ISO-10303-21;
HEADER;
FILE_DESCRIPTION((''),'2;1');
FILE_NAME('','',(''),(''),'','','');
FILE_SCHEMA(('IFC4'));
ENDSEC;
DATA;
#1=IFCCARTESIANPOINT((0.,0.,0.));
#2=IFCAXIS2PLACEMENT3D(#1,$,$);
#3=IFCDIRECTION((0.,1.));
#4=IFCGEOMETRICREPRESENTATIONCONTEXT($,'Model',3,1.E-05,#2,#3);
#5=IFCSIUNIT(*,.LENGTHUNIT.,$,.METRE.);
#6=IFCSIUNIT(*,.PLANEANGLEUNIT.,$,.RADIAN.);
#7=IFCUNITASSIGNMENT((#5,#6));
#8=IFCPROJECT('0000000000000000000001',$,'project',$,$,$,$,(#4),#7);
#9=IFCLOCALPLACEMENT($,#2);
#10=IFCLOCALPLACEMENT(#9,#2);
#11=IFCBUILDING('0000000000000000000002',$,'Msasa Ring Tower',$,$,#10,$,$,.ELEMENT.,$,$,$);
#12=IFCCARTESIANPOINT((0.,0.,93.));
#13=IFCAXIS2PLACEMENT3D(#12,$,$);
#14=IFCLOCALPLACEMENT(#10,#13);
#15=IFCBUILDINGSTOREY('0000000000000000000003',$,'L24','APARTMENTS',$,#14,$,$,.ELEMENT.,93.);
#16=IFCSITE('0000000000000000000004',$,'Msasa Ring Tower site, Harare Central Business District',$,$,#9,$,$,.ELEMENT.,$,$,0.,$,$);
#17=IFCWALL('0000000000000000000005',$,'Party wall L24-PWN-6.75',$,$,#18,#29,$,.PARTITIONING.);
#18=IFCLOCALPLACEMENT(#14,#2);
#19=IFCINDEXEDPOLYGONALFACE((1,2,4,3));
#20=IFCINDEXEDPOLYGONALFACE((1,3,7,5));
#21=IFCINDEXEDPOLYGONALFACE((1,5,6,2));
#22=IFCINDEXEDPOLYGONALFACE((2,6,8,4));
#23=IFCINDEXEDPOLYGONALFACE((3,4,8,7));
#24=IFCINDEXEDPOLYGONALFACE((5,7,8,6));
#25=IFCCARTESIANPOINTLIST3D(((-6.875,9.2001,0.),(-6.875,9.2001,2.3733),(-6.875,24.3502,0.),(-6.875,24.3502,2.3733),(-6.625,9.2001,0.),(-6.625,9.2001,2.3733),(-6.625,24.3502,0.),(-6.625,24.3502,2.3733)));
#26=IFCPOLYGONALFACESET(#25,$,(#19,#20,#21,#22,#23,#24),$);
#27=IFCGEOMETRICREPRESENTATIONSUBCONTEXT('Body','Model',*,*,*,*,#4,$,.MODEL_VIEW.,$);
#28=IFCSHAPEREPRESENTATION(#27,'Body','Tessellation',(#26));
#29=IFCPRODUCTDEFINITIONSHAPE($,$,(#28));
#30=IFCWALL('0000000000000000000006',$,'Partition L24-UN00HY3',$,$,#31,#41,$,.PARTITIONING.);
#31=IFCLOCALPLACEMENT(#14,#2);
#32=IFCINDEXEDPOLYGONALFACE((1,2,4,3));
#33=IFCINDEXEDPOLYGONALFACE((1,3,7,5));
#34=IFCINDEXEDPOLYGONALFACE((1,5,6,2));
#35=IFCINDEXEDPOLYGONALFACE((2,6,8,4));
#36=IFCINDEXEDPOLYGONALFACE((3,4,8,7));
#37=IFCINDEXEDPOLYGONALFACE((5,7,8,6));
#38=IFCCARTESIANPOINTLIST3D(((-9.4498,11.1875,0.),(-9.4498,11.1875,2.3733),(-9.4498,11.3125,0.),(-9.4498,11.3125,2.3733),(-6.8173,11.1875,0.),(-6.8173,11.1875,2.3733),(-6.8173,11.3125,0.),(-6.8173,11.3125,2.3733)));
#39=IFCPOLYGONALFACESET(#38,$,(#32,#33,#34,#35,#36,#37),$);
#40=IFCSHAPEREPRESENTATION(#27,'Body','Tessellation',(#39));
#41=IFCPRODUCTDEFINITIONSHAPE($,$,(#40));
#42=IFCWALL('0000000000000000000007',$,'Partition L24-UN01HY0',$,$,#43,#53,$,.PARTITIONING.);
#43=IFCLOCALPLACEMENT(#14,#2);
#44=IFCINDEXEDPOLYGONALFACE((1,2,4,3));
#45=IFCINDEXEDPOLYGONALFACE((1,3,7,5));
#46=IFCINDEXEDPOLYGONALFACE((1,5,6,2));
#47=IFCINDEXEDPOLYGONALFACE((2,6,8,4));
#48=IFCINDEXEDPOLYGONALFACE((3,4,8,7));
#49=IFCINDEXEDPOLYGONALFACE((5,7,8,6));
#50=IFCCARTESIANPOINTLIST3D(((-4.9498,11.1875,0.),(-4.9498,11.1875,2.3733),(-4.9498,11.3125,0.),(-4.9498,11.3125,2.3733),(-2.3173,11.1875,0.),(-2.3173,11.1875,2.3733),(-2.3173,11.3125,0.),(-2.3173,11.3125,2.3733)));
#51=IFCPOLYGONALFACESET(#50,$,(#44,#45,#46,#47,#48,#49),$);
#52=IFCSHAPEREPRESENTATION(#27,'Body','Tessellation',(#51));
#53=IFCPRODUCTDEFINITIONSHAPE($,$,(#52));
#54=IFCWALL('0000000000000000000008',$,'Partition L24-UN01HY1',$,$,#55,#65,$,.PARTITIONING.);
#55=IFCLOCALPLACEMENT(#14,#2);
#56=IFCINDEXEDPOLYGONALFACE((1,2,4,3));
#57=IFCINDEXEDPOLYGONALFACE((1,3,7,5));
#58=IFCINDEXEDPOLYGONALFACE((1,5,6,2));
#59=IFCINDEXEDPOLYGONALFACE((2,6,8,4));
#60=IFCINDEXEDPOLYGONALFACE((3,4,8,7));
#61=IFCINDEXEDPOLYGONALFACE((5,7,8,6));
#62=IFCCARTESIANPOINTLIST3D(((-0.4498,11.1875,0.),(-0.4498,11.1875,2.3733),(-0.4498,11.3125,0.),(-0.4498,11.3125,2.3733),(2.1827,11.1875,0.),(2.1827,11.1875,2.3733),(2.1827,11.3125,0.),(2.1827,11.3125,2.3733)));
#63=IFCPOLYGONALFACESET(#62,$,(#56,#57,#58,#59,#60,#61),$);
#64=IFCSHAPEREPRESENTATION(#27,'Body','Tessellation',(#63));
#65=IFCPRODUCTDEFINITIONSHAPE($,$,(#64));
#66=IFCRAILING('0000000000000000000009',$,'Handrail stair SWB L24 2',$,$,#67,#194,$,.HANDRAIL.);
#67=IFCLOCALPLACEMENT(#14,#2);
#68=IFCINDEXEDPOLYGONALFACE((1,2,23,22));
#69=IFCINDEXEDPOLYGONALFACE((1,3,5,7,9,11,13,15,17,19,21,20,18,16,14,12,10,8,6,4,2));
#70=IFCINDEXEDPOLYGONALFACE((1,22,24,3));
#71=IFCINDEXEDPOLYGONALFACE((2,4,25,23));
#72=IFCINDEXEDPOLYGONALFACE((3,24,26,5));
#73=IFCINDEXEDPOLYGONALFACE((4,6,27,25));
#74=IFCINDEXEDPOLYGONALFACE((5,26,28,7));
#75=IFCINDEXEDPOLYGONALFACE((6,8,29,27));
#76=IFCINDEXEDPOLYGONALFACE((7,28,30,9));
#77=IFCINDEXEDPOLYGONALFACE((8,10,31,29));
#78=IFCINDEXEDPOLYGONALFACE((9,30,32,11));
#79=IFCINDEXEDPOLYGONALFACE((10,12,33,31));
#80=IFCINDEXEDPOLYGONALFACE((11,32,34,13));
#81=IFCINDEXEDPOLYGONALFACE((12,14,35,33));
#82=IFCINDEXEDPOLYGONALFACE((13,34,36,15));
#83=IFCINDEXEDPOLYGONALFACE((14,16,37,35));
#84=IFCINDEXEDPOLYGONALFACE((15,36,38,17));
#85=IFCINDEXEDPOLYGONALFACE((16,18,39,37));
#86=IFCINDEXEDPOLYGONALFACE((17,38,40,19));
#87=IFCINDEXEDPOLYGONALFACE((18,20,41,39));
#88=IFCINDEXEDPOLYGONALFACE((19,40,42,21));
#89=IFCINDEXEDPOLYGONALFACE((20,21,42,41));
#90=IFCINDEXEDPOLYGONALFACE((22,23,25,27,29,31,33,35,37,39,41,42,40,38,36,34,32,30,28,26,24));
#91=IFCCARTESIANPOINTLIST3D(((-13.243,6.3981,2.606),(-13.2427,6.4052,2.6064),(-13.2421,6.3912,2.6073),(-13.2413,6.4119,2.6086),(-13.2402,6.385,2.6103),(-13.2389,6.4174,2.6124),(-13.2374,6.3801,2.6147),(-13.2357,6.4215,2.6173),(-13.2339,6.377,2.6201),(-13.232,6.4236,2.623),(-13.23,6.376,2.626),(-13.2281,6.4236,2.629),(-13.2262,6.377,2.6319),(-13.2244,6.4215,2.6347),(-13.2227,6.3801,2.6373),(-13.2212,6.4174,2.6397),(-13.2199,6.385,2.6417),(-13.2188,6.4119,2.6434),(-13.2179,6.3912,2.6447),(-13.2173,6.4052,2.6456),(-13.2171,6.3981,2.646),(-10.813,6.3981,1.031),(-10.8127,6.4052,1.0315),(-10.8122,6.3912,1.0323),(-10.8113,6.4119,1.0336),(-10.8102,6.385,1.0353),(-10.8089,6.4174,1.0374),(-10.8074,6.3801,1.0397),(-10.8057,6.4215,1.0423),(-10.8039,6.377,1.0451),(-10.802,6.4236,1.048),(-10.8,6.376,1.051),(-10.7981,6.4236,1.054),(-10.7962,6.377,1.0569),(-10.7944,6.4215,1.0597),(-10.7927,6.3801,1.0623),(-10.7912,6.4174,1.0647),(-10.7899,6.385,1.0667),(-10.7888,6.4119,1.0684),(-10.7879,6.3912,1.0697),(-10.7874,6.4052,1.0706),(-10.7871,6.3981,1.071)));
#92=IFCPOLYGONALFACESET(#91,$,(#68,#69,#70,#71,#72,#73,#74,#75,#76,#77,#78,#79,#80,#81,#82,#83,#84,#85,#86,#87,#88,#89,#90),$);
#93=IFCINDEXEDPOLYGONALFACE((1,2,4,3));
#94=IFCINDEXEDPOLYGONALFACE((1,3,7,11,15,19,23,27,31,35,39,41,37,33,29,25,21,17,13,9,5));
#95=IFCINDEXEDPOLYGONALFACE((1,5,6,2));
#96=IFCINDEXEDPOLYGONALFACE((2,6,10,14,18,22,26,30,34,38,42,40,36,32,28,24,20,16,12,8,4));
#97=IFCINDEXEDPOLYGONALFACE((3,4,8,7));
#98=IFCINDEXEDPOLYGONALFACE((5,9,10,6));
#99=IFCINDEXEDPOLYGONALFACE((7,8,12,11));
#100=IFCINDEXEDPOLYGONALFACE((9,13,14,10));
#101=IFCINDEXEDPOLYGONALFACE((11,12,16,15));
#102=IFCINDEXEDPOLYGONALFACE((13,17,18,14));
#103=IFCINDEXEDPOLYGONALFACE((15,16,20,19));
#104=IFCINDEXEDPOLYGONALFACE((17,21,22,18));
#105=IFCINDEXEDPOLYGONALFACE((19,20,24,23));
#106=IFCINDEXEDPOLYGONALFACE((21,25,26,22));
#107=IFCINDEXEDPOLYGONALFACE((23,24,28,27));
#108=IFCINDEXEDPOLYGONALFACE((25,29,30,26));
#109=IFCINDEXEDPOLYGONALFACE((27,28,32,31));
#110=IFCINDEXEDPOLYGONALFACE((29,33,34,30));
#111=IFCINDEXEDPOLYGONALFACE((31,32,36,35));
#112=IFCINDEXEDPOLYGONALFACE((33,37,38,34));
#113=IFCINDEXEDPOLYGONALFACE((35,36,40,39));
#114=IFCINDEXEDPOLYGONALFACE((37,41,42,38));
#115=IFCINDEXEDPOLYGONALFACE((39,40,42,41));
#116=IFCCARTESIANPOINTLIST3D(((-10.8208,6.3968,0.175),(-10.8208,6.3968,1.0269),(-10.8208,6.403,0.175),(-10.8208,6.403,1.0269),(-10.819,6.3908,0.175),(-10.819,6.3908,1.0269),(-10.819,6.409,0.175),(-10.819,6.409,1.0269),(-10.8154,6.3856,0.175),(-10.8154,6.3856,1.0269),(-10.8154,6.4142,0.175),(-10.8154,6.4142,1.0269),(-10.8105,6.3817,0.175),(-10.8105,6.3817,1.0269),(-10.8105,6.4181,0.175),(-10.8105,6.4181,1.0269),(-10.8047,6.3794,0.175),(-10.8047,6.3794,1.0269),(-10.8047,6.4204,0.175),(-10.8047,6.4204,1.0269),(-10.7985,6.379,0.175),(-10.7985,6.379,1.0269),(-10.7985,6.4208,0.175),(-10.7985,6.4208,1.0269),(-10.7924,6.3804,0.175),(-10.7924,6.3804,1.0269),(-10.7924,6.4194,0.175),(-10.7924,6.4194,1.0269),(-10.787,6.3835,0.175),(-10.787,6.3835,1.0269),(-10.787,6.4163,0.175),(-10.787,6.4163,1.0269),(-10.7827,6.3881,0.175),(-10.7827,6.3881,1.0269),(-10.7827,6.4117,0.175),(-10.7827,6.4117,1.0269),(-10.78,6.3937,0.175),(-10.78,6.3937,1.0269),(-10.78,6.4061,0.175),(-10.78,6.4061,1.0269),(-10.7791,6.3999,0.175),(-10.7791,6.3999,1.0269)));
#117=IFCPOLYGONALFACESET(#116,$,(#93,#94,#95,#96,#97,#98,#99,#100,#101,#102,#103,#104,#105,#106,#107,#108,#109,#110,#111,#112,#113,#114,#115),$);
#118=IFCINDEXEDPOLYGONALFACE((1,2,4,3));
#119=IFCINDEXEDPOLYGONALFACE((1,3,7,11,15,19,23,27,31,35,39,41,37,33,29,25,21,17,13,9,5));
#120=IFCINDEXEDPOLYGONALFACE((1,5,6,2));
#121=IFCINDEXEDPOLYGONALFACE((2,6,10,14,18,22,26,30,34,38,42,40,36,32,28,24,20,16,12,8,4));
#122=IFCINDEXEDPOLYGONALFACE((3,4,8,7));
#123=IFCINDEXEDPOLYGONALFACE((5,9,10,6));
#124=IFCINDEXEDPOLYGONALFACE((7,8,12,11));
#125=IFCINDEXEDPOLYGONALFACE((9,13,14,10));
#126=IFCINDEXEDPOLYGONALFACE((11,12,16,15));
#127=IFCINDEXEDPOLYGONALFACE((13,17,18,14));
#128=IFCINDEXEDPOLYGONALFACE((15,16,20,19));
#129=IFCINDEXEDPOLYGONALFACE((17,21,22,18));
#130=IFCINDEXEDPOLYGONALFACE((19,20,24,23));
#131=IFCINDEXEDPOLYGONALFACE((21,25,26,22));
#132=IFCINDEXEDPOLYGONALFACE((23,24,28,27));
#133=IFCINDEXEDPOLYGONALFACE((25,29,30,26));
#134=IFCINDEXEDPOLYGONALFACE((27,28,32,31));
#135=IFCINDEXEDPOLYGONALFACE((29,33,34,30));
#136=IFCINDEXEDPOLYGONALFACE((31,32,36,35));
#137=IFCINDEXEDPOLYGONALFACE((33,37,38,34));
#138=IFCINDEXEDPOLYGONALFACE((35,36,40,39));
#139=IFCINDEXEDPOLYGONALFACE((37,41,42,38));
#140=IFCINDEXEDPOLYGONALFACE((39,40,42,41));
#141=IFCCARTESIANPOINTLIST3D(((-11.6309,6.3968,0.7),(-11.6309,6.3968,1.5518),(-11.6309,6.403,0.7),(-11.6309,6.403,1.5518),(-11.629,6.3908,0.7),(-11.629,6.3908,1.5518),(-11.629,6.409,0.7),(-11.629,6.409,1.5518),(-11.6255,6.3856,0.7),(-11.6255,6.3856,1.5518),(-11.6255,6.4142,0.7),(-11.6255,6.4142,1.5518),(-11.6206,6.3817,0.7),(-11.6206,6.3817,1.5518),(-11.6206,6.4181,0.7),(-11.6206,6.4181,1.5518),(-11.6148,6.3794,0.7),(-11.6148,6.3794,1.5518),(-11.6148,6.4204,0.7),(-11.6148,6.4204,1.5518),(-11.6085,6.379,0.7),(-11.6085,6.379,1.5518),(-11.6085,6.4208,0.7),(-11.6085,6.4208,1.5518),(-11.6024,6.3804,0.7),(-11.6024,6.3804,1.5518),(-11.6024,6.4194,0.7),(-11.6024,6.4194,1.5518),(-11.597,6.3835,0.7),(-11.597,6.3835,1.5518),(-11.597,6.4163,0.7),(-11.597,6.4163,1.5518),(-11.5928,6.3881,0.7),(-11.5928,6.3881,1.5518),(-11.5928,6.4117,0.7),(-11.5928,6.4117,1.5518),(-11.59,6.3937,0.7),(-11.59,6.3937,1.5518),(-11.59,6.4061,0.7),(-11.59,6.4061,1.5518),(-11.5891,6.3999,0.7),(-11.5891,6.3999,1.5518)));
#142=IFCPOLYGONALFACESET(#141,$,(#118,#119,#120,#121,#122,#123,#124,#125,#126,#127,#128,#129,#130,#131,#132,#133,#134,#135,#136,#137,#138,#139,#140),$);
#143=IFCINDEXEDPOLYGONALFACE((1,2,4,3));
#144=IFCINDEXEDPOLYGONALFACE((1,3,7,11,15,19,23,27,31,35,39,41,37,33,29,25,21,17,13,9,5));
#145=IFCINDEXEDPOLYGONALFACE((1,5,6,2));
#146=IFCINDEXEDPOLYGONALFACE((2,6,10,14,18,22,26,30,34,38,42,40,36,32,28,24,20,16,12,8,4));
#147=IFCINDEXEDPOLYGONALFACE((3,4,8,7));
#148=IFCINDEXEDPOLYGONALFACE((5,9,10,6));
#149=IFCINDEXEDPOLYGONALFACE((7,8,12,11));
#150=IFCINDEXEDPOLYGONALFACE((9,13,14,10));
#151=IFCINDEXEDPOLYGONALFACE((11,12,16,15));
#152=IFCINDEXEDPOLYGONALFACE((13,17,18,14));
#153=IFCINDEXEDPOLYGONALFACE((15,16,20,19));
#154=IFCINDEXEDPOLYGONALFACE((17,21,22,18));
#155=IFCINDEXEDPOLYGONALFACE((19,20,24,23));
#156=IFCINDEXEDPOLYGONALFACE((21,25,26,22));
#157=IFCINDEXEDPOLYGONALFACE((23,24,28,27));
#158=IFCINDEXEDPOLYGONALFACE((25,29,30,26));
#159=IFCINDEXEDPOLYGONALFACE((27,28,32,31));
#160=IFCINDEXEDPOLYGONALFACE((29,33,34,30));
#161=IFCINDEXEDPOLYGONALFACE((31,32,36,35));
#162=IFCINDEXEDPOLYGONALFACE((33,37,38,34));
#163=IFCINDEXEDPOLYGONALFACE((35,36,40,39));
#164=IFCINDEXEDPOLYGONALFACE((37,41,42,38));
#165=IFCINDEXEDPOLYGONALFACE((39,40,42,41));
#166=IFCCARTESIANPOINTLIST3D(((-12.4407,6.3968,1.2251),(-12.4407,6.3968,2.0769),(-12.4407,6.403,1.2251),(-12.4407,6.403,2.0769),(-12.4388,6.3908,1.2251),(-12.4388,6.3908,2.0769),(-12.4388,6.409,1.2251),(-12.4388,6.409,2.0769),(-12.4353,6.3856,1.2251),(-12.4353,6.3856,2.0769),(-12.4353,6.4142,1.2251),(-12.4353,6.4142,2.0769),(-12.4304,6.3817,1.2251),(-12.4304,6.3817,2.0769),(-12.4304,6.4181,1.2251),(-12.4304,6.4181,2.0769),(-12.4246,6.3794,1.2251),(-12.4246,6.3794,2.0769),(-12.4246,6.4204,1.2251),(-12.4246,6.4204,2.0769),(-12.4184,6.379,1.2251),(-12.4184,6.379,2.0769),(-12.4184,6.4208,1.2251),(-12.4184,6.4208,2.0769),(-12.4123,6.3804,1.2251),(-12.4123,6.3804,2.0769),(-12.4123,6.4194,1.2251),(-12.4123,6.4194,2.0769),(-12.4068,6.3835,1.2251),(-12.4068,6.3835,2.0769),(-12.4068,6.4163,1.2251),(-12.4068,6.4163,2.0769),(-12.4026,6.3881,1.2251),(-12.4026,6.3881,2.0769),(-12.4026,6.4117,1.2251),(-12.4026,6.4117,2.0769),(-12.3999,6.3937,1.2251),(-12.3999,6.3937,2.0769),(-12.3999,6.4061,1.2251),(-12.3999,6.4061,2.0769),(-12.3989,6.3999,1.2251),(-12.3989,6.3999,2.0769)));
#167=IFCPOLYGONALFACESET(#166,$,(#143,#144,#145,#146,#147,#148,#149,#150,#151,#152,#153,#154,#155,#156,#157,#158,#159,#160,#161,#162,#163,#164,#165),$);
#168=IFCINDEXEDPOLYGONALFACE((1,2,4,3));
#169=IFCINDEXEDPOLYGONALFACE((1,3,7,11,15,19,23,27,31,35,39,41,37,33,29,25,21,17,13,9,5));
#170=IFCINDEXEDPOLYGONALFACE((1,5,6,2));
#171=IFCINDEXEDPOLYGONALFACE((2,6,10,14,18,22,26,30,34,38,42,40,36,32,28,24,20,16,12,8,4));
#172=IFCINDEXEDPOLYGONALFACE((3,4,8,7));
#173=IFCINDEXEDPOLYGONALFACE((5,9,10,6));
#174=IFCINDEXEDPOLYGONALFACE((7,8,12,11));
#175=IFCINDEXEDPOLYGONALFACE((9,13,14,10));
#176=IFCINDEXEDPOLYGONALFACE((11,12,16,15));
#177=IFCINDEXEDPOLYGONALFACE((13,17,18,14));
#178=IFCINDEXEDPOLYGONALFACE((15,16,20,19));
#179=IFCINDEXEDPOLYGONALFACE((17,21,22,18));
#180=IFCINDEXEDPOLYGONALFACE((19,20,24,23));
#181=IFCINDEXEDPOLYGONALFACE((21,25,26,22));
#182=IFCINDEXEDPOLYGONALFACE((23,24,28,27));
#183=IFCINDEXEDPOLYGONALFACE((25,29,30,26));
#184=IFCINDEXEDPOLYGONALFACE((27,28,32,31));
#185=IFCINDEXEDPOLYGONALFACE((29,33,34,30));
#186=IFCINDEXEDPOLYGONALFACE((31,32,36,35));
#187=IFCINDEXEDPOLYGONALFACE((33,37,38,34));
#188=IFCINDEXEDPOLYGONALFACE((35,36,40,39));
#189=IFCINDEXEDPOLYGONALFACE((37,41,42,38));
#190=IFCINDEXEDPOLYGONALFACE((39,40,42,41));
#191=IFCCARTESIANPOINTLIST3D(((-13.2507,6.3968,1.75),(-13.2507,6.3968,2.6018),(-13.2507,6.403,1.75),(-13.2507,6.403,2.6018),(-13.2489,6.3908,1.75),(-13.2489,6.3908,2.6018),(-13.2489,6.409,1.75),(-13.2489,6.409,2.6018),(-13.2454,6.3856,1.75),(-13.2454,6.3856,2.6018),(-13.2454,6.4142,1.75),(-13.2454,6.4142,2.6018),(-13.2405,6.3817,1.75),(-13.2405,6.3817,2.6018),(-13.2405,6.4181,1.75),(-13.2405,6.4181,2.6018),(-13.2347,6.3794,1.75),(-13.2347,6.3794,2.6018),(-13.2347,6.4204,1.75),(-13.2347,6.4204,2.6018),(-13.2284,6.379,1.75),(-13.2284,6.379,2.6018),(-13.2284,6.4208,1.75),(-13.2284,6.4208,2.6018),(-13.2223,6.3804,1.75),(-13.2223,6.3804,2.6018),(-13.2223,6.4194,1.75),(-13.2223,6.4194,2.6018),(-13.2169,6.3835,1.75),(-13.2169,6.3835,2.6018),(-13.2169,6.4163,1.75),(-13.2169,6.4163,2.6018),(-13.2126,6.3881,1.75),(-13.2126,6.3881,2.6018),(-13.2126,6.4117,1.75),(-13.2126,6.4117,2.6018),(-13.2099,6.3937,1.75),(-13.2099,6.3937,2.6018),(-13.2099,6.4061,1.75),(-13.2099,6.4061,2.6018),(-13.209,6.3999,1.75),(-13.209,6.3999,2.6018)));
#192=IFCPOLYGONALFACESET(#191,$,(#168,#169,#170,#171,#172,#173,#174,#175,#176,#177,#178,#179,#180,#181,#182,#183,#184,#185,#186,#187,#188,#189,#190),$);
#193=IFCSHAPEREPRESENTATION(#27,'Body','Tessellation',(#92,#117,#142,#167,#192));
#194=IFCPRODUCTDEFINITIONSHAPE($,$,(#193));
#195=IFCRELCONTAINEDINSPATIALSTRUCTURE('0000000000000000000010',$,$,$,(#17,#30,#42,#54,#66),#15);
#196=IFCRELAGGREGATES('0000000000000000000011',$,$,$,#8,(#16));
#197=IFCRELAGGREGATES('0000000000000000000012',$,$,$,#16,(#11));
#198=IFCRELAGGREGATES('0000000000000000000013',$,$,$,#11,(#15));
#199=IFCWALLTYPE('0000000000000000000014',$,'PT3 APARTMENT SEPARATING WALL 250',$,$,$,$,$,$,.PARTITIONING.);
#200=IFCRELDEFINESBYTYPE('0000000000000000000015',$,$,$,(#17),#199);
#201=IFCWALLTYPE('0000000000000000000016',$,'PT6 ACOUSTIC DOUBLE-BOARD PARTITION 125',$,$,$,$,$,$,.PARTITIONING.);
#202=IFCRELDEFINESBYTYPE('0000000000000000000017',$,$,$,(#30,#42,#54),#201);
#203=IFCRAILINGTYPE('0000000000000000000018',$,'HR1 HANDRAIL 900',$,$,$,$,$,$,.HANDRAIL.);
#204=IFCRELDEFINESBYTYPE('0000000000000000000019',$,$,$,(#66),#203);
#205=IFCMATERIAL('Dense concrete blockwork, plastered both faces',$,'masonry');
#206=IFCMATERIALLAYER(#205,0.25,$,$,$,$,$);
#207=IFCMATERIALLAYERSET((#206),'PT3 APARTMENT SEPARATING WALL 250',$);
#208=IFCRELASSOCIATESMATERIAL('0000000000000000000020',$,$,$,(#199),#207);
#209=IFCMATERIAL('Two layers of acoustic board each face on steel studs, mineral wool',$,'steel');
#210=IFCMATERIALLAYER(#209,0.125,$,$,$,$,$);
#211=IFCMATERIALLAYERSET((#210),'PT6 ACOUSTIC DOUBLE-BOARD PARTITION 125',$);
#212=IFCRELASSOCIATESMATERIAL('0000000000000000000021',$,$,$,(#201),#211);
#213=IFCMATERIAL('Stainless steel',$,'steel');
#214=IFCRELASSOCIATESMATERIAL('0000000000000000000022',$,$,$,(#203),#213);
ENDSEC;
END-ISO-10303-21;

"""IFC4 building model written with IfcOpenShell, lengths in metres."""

from ifc_helpers import new_model, si_unit, direction, frame, frame_2d, origin, origin_2d, place, context, subcontext, project, spatial, rectangle, circle, extrude, material, layer, layer_set, type_object, element, save


model = new_model("IFC4")

# Units and contexts
model_context = context("Model", 3, precision=1e-05, world=origin(), true_north=direction((0.0, 1.0)))
body_context = subcontext(model_context, "Body", "Model", "MODEL_VIEW")
ifc_project = project(units=[si_unit("LENGTHUNIT", "METRE"), si_unit("PLANEANGLEUNIT", "RADIAN")], contexts=[model_context])

# Site, building, storey
site_placement = place(None, origin())
site = spatial("IfcSite", under=ifc_project, at=site_placement, Name="Msasa Ring Tower site, Harare Central Business District", CompositionType="ELEMENT", RefElevation=0.0)
building_placement = place(site_placement, origin())
building = spatial("IfcBuilding", under=site, at=building_placement, Name="Msasa Ring Tower", CompositionType="ELEMENT")
storey_placement = place(building_placement, frame((0.0, 0.0, 93.0)))
storey = spatial("IfcBuildingStorey", under=building, at=storey_placement, Name="L24", Description="APARTMENTS", CompositionType="ELEMENT", Elevation=93.0)

# Walls
ifc_material_1 = material(Name="Dense concrete blockwork, plastered both faces", Category="masonry")
ifc_layer_1 = layer(ifc_material_1, 0.25)
ifc_layer_set_1 = layer_set([ifc_layer_1], Name="PT3 APARTMENT SEPARATING WALL 250")
wall_type_1 = type_object("IfcWallType", Name="PT3 APARTMENT SEPARATING WALL 250", PredefinedType="PARTITIONING", material=ifc_layer_set_1)
wall_1_placement = place(storey_placement, frame((-6.75, 9.2, 0.0), z_axis=(0.0, 0.0, 1.0), x_axis=(0.0, 1.0, 0.0)))
element("IfcWall", 1, at=wall_1_placement, inside=storey, type_object=wall_type_1, Name="Party wall L24-PWN-6.75", PredefinedType="PARTITIONING", context=body_context, shape_type="SweptSolid", body=[
    extrude(rectangle(XDim=15.1501, YDim=0.25, at=frame_2d((7.5752, 0.0))), origin(), (0.0, 0.0, 1.0), 2.3733),
])
ifc_material_2 = material(Name="Two layers of acoustic board each face on steel studs, mineral wool", Category="steel")
ifc_layer_2 = layer(ifc_material_2, 0.125)
ifc_layer_set_2 = layer_set([ifc_layer_2], Name="PT6 ACOUSTIC DOUBLE-BOARD PARTITION 125")
wall_type_2 = type_object("IfcWallType", Name="PT6 ACOUSTIC DOUBLE-BOARD PARTITION 125", PredefinedType="PARTITIONING", material=ifc_layer_set_2)
for number, where, z_axis, x_axis, name in (
    (2, (-9.45, 11.25, 0.0), (0.0, 0.0, 1.0), (1.0, 0.0, 0.0), "Partition L24-UN00HY3"),
    (3, (-4.95, 11.25, 0.0), (0.0, 0.0, 1.0), (1.0, 0.0, 0.0), "Partition L24-UN01HY0"),
    (4, (-0.45, 11.25, 0.0), (0.0, 0.0, 1.0), (1.0, 0.0, 0.0), "Partition L24-UN01HY1"),
):
    element("IfcWall", number, at=place(storey_placement, frame(where, z_axis=z_axis, x_axis=x_axis)), inside=storey, type_object=wall_type_2, Name=name, PredefinedType="PARTITIONING", context=body_context, shape_type="SweptSolid", body=[
        extrude(rectangle(XDim=2.6326, YDim=0.125, at=frame_2d((1.3164, 0.0))), origin(), (0.0, 0.0, 1.0), 2.3733),
    ])

# Railing
ifc_material_3 = material(Name="Stainless steel", Category="steel")
railing_type = type_object("IfcRailingType", Name="HR1 HANDRAIL 900", PredefinedType="HANDRAIL", material=ifc_material_3)
railing_placement = place(storey_placement, frame((-10.8, 6.3999, 0.175)))
element("IfcRailing", 5, at=railing_placement, inside=storey, type_object=railing_type, Name="Handrail stair SWB L24 2", PredefinedType="HANDRAIL", context=body_context, shape_type="SweptSolid", body=[
    extrude(circle(Radius=0.0239, at=origin_2d()), frame((0.0, 0.0, 0.876), z_axis=(-0.839154, 0.0, 0.543894), x_axis=(0.0, -1.0, 0.0)), (0.0, 0.0, 1.0), 2.8958),
    extrude(circle(Radius=0.021, at=origin_2d()), origin(), (0.0, 0.0, 1.0), 0.8518),
    extrude(circle(Radius=0.021, at=origin_2d()), frame((-0.8101, 0.0, 0.5249)), (0.0, 0.0, 1.0), 0.8518),
    extrude(circle(Radius=0.021, at=origin_2d()), frame((-1.6199, 0.0, 1.05)), (0.0, 0.0, 1.0), 0.8518),
    extrude(circle(Radius=0.021, at=origin_2d()), frame((-2.4299, 0.0, 1.575)), (0.0, 0.0, 1.0), 0.8518),
])

save(model, "model.ifc")
